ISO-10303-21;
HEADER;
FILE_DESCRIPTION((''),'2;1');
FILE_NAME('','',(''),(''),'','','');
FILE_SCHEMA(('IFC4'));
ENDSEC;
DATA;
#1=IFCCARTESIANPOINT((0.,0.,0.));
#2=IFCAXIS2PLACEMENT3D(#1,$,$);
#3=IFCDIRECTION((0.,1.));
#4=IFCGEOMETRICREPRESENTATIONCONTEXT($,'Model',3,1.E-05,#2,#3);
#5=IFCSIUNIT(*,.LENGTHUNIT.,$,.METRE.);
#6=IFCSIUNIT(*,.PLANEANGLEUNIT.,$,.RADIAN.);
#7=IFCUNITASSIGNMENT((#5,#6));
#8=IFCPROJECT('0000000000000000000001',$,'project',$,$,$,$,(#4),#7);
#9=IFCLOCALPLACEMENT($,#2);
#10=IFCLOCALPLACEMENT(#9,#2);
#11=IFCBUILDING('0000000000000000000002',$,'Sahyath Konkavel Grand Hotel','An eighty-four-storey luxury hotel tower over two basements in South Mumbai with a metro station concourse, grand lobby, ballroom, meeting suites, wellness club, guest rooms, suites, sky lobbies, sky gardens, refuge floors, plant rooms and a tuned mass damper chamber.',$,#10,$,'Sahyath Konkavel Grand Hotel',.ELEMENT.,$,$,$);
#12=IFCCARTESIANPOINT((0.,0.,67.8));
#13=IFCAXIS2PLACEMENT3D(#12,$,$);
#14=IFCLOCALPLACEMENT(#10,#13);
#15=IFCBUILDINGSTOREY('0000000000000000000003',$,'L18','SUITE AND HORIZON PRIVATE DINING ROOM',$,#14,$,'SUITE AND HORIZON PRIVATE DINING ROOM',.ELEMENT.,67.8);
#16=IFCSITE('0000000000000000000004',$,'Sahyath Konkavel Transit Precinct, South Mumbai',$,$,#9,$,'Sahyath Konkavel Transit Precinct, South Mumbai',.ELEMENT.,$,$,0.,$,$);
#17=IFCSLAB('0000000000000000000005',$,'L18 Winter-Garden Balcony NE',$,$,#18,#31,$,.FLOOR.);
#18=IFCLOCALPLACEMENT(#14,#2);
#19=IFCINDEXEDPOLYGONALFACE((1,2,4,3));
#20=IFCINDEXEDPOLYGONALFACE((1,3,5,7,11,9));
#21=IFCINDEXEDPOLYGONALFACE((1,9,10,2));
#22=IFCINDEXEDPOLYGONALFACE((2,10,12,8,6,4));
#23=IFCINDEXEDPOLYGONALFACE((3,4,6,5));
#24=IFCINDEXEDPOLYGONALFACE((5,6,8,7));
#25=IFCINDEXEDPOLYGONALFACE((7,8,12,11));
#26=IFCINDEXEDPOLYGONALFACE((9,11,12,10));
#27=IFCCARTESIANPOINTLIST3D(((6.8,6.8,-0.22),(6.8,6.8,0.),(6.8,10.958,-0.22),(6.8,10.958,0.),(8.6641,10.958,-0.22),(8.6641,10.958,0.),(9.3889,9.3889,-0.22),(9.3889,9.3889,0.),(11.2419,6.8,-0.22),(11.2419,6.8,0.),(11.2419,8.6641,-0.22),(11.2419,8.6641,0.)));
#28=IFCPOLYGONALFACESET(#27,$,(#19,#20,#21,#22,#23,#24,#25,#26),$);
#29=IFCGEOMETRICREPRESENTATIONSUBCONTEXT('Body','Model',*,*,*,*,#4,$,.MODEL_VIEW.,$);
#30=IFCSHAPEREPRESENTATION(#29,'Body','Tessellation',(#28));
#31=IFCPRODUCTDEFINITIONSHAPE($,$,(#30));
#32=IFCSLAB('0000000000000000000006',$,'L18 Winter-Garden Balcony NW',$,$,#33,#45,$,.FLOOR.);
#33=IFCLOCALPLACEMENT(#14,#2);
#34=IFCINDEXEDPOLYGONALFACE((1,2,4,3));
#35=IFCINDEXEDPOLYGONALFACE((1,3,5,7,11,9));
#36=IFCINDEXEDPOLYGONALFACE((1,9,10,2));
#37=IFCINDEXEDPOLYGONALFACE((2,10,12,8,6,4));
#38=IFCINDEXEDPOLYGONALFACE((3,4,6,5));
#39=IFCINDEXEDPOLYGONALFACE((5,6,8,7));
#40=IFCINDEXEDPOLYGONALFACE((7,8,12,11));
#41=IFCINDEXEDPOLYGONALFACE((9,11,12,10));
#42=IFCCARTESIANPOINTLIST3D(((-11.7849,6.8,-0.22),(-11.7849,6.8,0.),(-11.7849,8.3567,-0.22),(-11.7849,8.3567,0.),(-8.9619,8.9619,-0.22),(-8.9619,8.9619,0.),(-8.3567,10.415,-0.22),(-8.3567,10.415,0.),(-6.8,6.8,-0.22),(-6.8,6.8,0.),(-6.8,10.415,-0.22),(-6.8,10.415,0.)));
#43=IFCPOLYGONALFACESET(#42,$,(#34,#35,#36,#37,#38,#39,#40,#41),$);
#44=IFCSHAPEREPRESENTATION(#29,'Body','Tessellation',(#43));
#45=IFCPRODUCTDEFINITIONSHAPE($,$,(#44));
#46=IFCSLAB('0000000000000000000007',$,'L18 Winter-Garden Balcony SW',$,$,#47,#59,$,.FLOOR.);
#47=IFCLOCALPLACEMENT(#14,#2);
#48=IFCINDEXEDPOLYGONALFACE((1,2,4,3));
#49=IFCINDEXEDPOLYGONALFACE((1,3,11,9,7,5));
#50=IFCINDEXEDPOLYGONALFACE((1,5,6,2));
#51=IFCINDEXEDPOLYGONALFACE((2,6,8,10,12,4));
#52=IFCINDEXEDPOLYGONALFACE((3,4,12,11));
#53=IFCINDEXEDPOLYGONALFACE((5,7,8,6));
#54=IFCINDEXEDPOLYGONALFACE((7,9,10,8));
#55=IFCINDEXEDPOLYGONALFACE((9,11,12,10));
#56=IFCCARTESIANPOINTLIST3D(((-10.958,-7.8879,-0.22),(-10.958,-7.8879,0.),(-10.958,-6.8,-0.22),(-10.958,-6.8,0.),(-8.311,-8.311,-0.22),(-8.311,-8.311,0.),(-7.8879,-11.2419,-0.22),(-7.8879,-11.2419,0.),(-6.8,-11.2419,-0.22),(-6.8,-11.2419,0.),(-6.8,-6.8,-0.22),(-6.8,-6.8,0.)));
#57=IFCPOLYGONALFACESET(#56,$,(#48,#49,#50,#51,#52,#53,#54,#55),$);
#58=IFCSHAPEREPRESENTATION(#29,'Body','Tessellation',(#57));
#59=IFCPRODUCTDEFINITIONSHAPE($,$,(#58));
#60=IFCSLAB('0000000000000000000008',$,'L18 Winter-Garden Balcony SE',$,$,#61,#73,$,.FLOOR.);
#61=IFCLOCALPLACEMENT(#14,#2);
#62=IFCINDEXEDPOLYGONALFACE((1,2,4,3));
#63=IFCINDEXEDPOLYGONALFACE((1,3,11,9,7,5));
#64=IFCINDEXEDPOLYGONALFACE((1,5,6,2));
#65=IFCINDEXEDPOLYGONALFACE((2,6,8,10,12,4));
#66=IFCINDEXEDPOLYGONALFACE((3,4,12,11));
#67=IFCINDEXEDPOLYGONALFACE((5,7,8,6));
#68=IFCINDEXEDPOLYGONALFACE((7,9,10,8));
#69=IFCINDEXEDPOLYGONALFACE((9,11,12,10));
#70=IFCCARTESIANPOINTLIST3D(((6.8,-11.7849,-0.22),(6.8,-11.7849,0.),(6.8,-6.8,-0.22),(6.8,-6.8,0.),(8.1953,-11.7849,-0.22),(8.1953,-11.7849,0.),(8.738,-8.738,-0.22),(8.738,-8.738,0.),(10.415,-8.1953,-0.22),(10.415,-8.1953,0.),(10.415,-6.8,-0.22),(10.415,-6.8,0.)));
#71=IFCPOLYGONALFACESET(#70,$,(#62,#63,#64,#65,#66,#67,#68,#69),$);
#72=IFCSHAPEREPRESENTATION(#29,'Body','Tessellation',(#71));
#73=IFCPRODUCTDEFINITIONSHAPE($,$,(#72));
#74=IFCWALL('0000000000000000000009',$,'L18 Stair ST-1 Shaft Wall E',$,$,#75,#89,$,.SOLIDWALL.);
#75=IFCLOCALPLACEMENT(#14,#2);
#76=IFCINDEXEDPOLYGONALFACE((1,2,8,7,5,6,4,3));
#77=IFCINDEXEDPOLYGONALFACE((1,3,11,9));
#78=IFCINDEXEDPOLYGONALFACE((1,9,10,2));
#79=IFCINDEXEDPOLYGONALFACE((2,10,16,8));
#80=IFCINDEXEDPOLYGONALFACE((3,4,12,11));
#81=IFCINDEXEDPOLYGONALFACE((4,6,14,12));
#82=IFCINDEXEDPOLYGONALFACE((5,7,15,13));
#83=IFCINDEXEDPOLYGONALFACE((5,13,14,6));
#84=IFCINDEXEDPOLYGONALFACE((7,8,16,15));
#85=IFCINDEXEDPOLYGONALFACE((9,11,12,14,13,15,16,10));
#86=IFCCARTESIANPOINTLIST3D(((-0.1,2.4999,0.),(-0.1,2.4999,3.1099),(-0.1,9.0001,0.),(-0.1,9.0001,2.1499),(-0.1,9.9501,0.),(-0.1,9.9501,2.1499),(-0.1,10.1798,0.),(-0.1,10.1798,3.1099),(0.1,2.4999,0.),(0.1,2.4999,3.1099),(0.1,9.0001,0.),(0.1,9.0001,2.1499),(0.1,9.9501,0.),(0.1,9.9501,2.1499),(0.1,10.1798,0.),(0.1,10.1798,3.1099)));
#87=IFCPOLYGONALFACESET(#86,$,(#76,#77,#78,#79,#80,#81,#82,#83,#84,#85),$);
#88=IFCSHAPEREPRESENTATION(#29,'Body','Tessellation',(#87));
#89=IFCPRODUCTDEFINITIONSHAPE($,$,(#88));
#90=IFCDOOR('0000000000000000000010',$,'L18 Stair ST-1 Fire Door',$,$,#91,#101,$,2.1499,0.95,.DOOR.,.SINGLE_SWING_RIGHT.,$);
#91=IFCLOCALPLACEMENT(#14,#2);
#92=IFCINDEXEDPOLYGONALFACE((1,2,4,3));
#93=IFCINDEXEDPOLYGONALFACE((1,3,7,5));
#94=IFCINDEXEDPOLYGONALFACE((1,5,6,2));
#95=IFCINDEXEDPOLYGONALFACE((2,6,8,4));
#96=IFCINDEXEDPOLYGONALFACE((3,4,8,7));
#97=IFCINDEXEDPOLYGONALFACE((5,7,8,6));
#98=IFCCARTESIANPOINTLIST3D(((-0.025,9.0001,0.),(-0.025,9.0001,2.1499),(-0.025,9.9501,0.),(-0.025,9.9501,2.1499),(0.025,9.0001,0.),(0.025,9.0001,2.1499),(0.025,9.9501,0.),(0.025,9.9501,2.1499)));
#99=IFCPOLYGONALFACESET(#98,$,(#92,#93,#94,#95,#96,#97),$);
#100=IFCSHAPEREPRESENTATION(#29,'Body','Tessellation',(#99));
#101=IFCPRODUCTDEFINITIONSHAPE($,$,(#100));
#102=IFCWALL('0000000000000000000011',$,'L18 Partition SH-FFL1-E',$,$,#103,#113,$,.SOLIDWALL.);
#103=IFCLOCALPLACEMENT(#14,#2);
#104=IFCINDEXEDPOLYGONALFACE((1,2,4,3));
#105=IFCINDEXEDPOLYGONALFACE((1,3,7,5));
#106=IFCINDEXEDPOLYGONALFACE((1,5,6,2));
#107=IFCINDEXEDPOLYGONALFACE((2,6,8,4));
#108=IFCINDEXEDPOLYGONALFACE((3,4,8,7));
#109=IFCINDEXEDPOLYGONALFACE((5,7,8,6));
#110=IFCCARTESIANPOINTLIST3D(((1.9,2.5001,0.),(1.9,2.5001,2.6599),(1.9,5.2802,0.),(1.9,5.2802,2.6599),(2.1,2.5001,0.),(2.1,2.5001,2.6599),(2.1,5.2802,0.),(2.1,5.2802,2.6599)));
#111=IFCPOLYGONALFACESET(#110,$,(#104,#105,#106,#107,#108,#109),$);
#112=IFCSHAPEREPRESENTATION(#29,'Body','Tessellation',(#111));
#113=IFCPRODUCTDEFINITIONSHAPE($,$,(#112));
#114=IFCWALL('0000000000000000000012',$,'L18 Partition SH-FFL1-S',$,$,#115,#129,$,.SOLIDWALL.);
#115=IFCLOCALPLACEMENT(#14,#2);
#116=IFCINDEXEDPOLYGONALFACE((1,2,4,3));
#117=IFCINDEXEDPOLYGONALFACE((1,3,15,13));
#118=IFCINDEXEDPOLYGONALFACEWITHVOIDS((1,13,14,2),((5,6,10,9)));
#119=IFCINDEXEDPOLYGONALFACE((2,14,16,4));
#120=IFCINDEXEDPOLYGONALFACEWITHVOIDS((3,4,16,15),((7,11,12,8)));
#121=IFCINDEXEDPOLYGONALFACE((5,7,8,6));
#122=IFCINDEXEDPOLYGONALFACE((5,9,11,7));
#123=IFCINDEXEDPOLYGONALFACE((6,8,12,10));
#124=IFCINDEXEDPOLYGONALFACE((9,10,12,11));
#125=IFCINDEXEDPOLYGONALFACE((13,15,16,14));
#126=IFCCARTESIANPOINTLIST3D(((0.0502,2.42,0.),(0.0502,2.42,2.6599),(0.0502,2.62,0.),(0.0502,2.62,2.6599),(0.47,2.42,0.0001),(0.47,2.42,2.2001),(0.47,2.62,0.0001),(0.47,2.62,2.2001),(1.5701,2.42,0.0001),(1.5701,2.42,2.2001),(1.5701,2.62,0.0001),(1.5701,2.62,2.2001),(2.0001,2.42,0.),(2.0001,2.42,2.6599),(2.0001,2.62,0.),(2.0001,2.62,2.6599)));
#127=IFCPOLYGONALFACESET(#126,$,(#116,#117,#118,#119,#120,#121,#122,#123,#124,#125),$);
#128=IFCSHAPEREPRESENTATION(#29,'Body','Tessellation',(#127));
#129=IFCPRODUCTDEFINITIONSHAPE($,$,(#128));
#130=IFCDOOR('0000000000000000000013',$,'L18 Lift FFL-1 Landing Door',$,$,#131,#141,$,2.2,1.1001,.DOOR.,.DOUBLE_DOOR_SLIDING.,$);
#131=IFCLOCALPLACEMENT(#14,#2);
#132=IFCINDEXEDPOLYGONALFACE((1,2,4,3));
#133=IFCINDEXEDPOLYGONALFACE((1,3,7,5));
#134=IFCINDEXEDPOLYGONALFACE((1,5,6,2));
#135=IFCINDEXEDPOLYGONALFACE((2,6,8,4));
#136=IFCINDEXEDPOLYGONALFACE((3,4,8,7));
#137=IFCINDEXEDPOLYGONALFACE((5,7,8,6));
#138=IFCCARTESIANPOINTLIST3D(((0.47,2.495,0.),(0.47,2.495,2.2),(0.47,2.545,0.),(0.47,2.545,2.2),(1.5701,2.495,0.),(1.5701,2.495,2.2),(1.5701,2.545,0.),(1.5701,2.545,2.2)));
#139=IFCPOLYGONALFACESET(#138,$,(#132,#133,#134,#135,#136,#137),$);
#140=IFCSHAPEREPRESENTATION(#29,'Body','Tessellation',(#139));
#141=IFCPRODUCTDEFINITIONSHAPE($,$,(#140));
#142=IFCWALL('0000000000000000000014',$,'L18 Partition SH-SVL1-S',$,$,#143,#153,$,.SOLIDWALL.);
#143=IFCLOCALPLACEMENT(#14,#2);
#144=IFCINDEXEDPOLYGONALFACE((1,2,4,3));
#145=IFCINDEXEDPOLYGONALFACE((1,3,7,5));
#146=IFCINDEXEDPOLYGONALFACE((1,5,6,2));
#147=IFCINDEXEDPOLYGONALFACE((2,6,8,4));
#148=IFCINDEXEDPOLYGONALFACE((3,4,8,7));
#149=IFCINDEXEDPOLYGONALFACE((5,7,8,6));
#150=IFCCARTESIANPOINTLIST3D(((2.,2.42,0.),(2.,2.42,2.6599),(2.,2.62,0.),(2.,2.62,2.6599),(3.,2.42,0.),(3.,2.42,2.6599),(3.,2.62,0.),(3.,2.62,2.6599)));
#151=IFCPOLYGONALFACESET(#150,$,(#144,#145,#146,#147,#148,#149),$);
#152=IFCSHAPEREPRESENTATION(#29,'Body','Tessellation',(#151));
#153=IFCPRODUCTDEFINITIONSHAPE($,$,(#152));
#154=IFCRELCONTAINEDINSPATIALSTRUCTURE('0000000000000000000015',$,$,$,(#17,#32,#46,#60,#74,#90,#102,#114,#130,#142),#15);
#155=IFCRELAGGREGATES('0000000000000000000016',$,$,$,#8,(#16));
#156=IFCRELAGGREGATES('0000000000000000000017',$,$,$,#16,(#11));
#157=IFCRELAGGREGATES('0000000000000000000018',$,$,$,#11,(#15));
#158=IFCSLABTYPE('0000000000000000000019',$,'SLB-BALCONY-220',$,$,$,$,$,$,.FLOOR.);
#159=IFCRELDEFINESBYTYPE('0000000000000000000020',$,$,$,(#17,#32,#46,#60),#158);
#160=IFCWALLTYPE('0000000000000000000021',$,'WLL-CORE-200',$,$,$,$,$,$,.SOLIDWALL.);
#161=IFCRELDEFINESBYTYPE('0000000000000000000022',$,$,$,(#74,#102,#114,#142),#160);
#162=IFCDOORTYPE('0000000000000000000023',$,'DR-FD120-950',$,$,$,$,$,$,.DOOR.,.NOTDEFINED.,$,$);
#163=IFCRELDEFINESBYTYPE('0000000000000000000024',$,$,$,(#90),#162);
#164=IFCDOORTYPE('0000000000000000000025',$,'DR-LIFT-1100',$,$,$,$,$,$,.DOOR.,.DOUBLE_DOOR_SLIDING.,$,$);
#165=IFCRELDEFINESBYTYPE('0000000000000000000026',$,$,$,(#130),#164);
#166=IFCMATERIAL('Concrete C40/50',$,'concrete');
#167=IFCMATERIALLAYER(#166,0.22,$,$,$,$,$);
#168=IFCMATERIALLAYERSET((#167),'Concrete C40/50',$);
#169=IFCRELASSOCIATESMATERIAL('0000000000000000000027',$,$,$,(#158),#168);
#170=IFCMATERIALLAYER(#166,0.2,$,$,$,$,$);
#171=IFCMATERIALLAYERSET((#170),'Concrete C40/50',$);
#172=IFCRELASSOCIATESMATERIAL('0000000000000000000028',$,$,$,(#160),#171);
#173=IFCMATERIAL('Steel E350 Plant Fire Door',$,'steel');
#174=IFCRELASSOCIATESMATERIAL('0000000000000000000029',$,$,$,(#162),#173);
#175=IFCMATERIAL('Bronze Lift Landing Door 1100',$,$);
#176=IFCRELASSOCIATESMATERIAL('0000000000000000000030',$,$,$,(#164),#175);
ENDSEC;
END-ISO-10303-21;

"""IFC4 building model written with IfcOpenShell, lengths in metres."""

from ifc_helpers import new_model, si_unit, direction, frame, frame_2d, origin, origin_2d, place, context, subcontext, project, spatial, polyline, rectangle, outline, extrude, source, transform, mapped, material, layer, layer_set, type_object, element, fill, save


model = new_model("IFC4")

# Units and contexts
model_context = context("Model", 3, precision=1e-05, world=origin(), true_north=direction((0.0, 1.0)))
body_context = subcontext(model_context, "Body", "Model", "MODEL_VIEW")
ifc_project = project(units=[si_unit("LENGTHUNIT", "METRE"), si_unit("PLANEANGLEUNIT", "RADIAN")], contexts=[model_context])

# Site, building, storey
site_placement = place(None, origin())
site = spatial("IfcSite", under=ifc_project, at=site_placement, Name="Sahyath Konkavel Transit Precinct, South Mumbai", LongName="Sahyath Konkavel Transit Precinct, South Mumbai", CompositionType="ELEMENT", RefElevation=0.0)
building_placement = place(site_placement, origin())
building = spatial("IfcBuilding", under=site, at=building_placement, Name="Sahyath Konkavel Grand Hotel", Description="An eighty-four-storey luxury hotel tower over two basements in South Mumbai with a metro station concourse, grand lobby, ballroom, meeting suites, wellness club, guest rooms, suites, sky lobbies, sky gardens, refuge floors, plant rooms and a tuned mass damper chamber.", LongName="Sahyath Konkavel Grand Hotel", CompositionType="ELEMENT")
storey_placement = place(building_placement, frame((0.0, 0.0, 67.8)))
storey = spatial("IfcBuildingStorey", under=building, at=storey_placement, Name="L18", Description="SUITE AND HORIZON PRIVATE DINING ROOM", LongName="SUITE AND HORIZON PRIVATE DINING ROOM", CompositionType="ELEMENT", Elevation=67.8)

# Slabs
ifc_material_1 = material(Name="Concrete C40/50", Category="concrete")
ifc_layer_1 = layer(ifc_material_1, 0.22)
ifc_layer_set_1 = layer_set([ifc_layer_1], Name="Concrete C40/50")
slab_type = type_object("IfcSlabType", Name="SLB-BALCONY-220", PredefinedType="FLOOR", material=ifc_layer_set_1)
slab_1_placement = place(storey_placement, frame((0.0, 0.0, -0.22)))
element("IfcSlab", 1, at=slab_1_placement, inside=storey, type_object=slab_type, Name="L18 Winter-Garden Balcony NE", PredefinedType="FLOOR", context=body_context, shape_type="SweptSolid", body=[
    extrude(outline(polyline([(6.8, 6.8), (11.2419, 6.8), (11.2419, 8.6641), (9.3889, 9.3889), (8.6641, 10.958), (6.8, 10.958), (6.8, 6.8)])), origin(), (0.0, 0.0, 1.0), 0.22),
])
slab_2_placement = place(storey_placement, frame((0.0, 0.0, -0.22)))
element("IfcSlab", 2, at=slab_2_placement, inside=storey, type_object=slab_type, Name="L18 Winter-Garden Balcony NW", PredefinedType="FLOOR", context=body_context, shape_type="SweptSolid", body=[
    extrude(outline(polyline([(-6.8, 6.8), (-6.8, 10.415), (-8.3567, 10.415), (-8.9619, 8.9619), (-11.7849, 8.3567), (-11.7849, 6.8), (-6.8, 6.8)])), origin(), (0.0, 0.0, 1.0), 0.22),
])
slab_3_placement = place(storey_placement, frame((0.0, 0.0, -0.22)))
element("IfcSlab", 3, at=slab_3_placement, inside=storey, type_object=slab_type, Name="L18 Winter-Garden Balcony SW", PredefinedType="FLOOR", context=body_context, shape_type="SweptSolid", body=[
    extrude(outline(polyline([(-6.8, -6.8), (-10.958, -6.8), (-10.958, -7.8879), (-8.311, -8.311), (-7.8879, -11.2419), (-6.8, -11.2419), (-6.8, -6.8)])), origin(), (0.0, 0.0, 1.0), 0.22),
])
slab_4_placement = place(storey_placement, frame((0.0, 0.0, -0.22)))
element("IfcSlab", 4, at=slab_4_placement, inside=storey, type_object=slab_type, Name="L18 Winter-Garden Balcony SE", PredefinedType="FLOOR", context=body_context, shape_type="SweptSolid", body=[
    extrude(outline(polyline([(6.8, -6.8), (6.8, -11.7849), (8.1953, -11.7849), (8.738, -8.738), (10.415, -8.1953), (10.415, -6.8), (6.8, -6.8)])), origin(), (0.0, 0.0, 1.0), 0.22),
])

# Wall, opening, door
ifc_layer_2 = layer(ifc_material_1, 0.2)
ifc_layer_set_2 = layer_set([ifc_layer_2], Name="Concrete C40/50")
wall_type_1 = type_object("IfcWallType", Name="WLL-CORE-200", PredefinedType="SOLIDWALL", material=ifc_layer_set_2)
wall_1_placement = place(storey_placement, frame((0.0, 2.5, 0.0), z_axis=(0.0, 0.0, 1.0), x_axis=(0.0, 1.0, 0.0)))
wall_1 = element("IfcWall", 5, at=wall_1_placement, inside=storey, type_object=wall_type_1, Name="L18 Stair ST-1 Shaft Wall E", PredefinedType="SOLIDWALL", context=body_context, shape_type="SweptSolid", body=[
    extrude(rectangle(XDim=7.6799, YDim=0.2, at=frame_2d((3.8398, 0.0))), origin(), (0.0, 0.0, 1.0), 3.1099),
])
opening_1_placement = place(wall_1_placement, frame((6.5, 0.0, 0.0)))
opening_1 = element("IfcOpeningElement", 6, at=opening_1_placement, cuts=wall_1, PredefinedType="OPENING", context=body_context, shape_type="SweptSolid", body=[
    extrude(rectangle(XDim=0.95, YDim=2.1499, at=frame_2d((0.4751, 1.075))), frame((0.0, 0.1099, 0.0), z_axis=(0.0, -1.0, 0.0), x_axis=(1.0, 0.0, 0.0)), (0.0, 0.0, 1.0), 0.22),
])
ifc_material_2 = material(Name="Steel E350 Plant Fire Door", Category="steel")
door_type_1 = type_object("IfcDoorType", Name="DR-FD120-950", OperationType="NOTDEFINED", PredefinedType="DOOR", material=ifc_material_2)
shared_shape_1 = source(origin(), body_context, "Body", "SweptSolid", [
    extrude(rectangle(XDim=0.95, YDim=0.05, at=origin_2d()), origin(), (0.0, 0.0, 1.0), 2.1499),
])
door_1_placement = place(opening_1_placement, frame((0.4751, 0.0, 0.0)))
door_1 = element("IfcDoor", 7, at=door_1_placement, inside=storey, type_object=door_type_1, Name="L18 Stair ST-1 Fire Door", OperationType="SINGLE_SWING_RIGHT", OverallHeight=2.1499, OverallWidth=0.95, PredefinedType="DOOR", context=body_context, shape_type="MappedRepresentation", body=[
    mapped(shared_shape_1, transform((0.0, 0.0, 0.0), scale=1.0)),
])
fill(opening_1, door_1)

# Wall
wall_2_placement = place(storey_placement, frame((2.0, 2.5, 0.0), z_axis=(0.0, 0.0, 1.0), x_axis=(0.0, 1.0, 0.0)))
element("IfcWall", 8, at=wall_2_placement, inside=storey, type_object=wall_type_1, Name="L18 Partition SH-FFL1-E", PredefinedType="SOLIDWALL", context=body_context, shape_type="SweptSolid", body=[
    extrude(rectangle(XDim=2.78, YDim=0.2, at=frame_2d((1.3901, 0.0))), origin(), (0.0, 0.0, 1.0), 2.6599),
])

# Wall, opening, door
wall_3_placement = place(storey_placement, frame((0.05, 2.52, 0.0), z_axis=(0.0, 0.0, 1.0), x_axis=(1.0, 0.0, 0.0)))
wall_3 = element("IfcWall", 9, at=wall_3_placement, inside=storey, type_object=wall_type_1, Name="L18 Partition SH-FFL1-S", PredefinedType="SOLIDWALL", context=body_context, shape_type="SweptSolid", body=[
    extrude(rectangle(XDim=1.95, YDim=0.2, at=frame_2d((0.9751, 0.0))), origin(), (0.0, 0.0, 1.0), 2.6599),
])
opening_2_placement = place(wall_3_placement, frame((0.4199, 0.0, 0.0)))
opening_2 = element("IfcOpeningElement", 10, at=opening_2_placement, cuts=wall_3, PredefinedType="OPENING", context=body_context, shape_type="SweptSolid", body=[
    extrude(rectangle(XDim=1.1001, YDim=2.2, at=frame_2d((0.55, 1.1001))), frame((0.0, 0.1099, 0.0), z_axis=(0.0, -1.0, 0.0), x_axis=(1.0, 0.0, 0.0)), (0.0, 0.0, 1.0), 0.22),
])
ifc_material_3 = material(Name="Bronze Lift Landing Door 1100")
door_type_2 = type_object("IfcDoorType", Name="DR-LIFT-1100", OperationType="DOUBLE_DOOR_SLIDING", PredefinedType="DOOR", material=ifc_material_3)
shared_shape_2 = source(origin(), body_context, "Body", "SweptSolid", [
    extrude(rectangle(XDim=1.1001, YDim=0.05, at=origin_2d()), origin(), (0.0, 0.0, 1.0), 2.2),
])
door_2_placement = place(opening_2_placement, frame((0.55, 0.0, 0.0)))
door_2 = element("IfcDoor", 11, at=door_2_placement, inside=storey, type_object=door_type_2, Name="L18 Lift FFL-1 Landing Door", OperationType="DOUBLE_DOOR_SLIDING", OverallHeight=2.2, OverallWidth=1.1001, PredefinedType="DOOR", context=body_context, shape_type="MappedRepresentation", body=[
    mapped(shared_shape_2, transform((0.0, 0.0, 0.0), scale=1.0)),
])
fill(opening_2, door_2)

# Wall
wall_4_placement = place(storey_placement, frame((2.0, 2.52, 0.0), z_axis=(0.0, 0.0, 1.0), x_axis=(1.0, 0.0, 0.0)))
element("IfcWall", 12, at=wall_4_placement, inside=storey, type_object=wall_type_1, Name="L18 Partition SH-SVL1-S", PredefinedType="SOLIDWALL", context=body_context, shape_type="SweptSolid", body=[
    extrude(rectangle(XDim=1.0, YDim=0.2, at=frame_2d((0.5, 0.0))), origin(), (0.0, 0.0, 1.0), 2.6599),
])

save(model, "model.ifc")
